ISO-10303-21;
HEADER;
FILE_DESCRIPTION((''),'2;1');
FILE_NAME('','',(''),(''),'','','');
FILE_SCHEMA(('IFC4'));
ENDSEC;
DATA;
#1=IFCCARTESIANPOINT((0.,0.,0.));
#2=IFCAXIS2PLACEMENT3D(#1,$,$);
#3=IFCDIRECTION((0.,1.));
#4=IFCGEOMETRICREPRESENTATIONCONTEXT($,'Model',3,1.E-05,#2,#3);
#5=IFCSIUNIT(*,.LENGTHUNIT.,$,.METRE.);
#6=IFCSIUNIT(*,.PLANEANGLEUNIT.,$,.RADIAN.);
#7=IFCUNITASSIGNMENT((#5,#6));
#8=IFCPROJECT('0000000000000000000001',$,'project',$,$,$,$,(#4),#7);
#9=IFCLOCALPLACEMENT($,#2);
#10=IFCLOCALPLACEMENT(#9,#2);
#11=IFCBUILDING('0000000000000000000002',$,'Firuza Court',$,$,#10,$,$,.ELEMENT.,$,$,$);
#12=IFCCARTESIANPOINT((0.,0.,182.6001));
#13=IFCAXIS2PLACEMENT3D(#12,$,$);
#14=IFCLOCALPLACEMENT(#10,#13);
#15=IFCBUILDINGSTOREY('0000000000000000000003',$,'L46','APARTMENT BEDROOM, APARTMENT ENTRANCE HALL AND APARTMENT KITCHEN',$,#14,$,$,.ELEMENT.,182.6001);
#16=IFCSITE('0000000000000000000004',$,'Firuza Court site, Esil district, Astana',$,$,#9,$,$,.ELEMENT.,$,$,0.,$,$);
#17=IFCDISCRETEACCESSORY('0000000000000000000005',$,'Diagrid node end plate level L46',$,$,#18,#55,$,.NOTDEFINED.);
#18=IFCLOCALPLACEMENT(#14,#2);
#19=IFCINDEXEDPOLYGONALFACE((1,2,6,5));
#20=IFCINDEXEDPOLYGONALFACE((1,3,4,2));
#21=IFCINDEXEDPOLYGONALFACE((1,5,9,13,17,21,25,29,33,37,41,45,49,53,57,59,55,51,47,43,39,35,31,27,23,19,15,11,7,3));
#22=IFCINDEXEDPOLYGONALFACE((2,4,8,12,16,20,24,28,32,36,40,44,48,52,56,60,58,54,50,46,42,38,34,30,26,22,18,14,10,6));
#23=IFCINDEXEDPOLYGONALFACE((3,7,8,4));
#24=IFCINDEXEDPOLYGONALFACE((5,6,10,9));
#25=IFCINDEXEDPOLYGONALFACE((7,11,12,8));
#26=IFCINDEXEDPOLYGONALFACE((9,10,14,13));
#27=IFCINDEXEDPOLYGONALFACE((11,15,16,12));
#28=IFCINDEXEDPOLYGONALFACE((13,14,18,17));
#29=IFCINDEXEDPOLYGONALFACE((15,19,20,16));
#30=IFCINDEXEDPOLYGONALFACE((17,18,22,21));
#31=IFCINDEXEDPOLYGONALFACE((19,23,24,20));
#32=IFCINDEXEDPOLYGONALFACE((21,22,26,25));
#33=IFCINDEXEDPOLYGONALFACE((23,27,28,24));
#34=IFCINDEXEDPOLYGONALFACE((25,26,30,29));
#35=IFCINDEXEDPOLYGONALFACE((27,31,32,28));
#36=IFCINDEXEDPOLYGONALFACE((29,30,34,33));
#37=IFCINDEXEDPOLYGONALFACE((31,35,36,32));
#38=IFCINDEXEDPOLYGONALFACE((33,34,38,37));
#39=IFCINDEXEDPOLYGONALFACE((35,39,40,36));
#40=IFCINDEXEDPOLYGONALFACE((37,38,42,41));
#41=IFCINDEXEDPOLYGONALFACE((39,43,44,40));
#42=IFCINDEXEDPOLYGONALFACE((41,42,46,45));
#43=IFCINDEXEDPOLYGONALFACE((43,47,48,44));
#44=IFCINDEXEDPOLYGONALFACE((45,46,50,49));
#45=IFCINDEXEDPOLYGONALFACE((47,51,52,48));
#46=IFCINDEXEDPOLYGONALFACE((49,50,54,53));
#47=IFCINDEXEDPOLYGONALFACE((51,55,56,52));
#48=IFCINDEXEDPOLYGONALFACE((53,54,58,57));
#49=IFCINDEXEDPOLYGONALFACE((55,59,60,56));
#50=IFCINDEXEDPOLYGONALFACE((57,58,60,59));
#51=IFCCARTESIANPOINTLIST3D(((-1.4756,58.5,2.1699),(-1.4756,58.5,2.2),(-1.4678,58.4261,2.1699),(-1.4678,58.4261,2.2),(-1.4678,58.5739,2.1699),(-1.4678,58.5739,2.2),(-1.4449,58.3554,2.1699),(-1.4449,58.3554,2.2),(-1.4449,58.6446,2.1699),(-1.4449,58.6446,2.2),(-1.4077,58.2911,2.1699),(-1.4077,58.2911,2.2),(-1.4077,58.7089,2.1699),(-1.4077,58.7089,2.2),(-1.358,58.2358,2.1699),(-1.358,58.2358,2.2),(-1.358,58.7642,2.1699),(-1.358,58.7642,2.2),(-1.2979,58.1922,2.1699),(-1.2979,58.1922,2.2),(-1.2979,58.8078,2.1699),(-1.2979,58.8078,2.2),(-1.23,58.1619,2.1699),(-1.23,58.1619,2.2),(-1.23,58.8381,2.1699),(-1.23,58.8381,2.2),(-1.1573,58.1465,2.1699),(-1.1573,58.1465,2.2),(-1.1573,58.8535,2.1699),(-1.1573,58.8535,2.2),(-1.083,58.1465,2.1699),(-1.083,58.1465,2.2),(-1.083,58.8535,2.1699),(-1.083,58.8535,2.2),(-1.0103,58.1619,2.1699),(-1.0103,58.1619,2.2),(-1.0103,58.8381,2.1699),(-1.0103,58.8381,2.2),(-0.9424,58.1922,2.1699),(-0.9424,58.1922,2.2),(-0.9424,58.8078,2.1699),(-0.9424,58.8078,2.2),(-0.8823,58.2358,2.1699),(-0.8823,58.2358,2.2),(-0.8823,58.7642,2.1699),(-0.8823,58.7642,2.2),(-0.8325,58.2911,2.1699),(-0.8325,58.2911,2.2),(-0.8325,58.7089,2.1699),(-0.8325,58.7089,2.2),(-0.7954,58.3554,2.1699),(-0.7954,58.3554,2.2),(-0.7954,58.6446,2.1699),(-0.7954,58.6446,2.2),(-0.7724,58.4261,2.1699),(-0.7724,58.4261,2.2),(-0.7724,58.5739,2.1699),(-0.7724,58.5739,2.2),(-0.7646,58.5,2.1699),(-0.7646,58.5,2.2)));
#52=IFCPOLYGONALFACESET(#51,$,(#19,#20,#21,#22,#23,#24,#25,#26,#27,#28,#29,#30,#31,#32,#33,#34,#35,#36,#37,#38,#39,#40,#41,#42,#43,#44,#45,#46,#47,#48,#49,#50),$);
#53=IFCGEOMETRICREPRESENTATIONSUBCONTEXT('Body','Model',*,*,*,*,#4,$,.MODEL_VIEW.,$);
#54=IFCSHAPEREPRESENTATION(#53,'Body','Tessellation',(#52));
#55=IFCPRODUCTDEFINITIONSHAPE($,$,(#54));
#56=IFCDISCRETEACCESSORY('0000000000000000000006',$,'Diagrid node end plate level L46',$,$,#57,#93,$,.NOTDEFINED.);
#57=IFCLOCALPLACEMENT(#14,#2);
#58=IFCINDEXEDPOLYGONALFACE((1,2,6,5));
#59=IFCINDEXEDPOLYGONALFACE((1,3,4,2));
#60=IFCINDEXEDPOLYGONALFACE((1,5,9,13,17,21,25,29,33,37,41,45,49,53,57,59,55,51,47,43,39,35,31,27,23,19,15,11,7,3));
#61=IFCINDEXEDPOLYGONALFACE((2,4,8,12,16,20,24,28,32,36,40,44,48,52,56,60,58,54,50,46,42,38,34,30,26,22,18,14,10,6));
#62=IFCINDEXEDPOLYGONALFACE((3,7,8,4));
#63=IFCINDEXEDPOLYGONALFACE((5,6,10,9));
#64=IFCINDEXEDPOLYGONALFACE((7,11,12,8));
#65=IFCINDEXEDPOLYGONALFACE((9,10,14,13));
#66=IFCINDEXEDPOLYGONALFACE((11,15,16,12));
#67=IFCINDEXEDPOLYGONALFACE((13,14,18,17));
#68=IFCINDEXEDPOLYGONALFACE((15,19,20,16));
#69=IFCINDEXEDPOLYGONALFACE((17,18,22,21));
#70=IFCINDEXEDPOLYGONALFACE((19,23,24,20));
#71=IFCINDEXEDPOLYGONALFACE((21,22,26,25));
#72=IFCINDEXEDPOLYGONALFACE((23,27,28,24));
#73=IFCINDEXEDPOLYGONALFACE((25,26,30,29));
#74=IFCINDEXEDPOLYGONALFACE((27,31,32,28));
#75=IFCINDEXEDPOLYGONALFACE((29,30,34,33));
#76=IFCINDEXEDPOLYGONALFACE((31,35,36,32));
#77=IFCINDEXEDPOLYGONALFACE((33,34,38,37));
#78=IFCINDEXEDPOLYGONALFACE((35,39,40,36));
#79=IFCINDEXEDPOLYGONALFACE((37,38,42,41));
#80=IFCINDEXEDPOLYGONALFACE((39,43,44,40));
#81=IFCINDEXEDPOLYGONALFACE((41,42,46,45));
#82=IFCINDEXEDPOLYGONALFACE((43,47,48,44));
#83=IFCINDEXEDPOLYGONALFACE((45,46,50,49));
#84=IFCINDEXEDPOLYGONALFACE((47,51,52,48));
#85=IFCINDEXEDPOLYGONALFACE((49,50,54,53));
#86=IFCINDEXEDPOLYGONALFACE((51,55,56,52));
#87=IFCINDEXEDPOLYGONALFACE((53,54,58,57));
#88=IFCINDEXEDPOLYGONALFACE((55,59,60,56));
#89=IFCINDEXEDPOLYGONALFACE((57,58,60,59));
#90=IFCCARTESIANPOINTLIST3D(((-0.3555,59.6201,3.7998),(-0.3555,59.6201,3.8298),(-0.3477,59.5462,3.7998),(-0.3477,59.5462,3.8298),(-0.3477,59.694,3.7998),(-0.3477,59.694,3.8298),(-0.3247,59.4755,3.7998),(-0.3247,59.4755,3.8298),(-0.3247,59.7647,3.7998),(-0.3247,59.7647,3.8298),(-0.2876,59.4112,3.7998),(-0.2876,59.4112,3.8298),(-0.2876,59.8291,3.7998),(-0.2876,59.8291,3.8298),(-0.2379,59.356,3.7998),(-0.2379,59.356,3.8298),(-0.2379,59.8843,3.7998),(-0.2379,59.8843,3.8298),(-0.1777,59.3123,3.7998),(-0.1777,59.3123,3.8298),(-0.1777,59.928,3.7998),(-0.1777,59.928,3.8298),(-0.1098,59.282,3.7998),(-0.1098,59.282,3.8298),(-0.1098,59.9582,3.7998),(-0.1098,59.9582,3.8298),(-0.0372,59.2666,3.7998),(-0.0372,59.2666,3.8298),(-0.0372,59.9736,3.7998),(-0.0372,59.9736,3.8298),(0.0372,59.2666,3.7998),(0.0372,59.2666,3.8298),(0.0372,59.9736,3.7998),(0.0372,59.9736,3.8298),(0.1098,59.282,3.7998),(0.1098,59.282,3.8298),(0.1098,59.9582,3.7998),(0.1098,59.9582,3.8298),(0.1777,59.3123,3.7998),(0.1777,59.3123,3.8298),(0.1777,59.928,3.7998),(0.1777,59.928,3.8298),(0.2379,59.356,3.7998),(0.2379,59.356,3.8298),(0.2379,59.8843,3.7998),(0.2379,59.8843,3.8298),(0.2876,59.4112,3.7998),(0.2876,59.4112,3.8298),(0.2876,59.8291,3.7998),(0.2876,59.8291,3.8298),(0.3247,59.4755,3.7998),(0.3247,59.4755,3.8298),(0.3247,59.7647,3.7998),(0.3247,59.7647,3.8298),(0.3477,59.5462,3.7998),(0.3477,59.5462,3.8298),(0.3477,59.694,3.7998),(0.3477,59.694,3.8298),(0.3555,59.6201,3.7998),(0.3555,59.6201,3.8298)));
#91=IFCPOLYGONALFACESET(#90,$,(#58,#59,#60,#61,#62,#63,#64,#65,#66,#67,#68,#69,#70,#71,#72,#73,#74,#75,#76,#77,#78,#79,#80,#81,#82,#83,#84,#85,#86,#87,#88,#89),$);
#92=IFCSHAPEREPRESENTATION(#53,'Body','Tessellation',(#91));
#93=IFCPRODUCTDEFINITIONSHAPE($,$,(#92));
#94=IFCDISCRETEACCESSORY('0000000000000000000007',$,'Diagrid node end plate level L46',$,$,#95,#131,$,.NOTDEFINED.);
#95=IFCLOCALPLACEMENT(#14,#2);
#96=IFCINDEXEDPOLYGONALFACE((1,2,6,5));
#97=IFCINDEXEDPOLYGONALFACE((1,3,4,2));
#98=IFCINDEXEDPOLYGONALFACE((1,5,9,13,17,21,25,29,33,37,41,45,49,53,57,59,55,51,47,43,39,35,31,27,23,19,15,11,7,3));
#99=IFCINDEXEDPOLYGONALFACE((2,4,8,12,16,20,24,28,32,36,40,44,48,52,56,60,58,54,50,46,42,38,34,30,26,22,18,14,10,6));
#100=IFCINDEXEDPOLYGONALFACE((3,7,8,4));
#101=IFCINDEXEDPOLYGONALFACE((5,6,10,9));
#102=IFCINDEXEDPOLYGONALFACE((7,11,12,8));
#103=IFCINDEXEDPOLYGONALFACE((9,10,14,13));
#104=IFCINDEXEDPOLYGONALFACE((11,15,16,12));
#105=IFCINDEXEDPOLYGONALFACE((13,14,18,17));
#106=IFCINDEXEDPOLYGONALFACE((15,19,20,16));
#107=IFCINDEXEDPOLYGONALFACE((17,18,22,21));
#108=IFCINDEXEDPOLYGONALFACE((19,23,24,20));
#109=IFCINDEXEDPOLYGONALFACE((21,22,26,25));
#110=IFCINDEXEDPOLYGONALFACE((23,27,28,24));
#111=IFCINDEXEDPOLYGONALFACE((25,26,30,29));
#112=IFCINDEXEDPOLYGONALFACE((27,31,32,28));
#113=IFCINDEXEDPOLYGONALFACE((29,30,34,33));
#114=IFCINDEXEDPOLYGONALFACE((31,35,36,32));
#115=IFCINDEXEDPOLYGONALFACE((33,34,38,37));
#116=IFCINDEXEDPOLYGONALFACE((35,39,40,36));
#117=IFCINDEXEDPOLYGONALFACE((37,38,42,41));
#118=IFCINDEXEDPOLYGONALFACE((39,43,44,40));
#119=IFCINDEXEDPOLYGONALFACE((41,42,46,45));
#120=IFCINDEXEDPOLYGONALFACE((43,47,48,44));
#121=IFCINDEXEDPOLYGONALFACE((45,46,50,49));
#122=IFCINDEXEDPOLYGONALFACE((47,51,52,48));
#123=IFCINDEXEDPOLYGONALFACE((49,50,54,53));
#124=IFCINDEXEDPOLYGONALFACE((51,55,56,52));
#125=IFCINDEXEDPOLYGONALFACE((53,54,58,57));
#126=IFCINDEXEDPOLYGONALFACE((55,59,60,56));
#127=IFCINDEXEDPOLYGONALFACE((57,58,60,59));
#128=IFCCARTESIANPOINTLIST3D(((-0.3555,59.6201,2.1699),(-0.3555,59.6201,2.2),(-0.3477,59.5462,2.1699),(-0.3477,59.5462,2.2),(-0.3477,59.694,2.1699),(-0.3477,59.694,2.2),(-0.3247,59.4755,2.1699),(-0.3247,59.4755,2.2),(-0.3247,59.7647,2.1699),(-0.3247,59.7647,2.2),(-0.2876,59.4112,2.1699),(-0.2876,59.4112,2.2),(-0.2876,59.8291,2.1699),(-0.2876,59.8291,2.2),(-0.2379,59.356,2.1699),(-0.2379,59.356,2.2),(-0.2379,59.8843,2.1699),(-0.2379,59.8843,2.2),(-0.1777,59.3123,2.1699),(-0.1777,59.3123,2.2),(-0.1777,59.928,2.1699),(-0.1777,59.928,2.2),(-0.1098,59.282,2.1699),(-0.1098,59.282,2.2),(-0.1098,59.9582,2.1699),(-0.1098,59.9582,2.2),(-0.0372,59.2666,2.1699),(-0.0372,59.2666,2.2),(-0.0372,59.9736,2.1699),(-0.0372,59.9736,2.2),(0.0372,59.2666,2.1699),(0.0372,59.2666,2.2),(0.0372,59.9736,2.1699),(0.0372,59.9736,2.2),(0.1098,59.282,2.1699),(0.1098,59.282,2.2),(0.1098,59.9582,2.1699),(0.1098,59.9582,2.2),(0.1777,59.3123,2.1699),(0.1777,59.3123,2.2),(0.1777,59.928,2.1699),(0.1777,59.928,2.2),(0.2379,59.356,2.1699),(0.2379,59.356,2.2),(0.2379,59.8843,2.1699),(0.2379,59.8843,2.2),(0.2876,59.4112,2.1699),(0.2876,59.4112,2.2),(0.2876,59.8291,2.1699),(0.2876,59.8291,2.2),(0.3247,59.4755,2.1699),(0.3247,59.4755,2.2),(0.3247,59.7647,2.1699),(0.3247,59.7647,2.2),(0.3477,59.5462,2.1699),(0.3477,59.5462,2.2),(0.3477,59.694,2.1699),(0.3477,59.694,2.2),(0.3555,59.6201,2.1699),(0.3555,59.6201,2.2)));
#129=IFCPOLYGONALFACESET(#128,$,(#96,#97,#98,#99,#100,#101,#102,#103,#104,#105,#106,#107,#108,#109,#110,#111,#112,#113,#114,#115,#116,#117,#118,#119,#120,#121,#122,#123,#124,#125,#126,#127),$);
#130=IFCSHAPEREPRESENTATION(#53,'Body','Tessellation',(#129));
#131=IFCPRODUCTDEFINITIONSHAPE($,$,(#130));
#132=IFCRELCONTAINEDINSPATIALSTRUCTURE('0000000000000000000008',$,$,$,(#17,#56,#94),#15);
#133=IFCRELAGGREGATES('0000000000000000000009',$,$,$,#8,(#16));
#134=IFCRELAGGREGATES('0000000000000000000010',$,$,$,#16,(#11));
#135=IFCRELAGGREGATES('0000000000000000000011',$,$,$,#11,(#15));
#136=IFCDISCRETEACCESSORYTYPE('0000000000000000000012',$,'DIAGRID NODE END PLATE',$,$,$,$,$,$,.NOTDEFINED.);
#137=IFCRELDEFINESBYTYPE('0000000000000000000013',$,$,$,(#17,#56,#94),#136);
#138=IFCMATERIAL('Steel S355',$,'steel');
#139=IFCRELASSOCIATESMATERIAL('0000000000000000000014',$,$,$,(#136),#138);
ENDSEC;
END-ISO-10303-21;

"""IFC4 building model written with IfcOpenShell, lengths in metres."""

from ifc_helpers import new_model, si_unit, direction, frame, origin, origin_2d, place, context, subcontext, project, spatial, circle, extrude, material, material_profile, profile_set, type_object, element, save


model = new_model("IFC4")

# Units and contexts
model_context = context("Model", 3, precision=1e-05, world=origin(), true_north=direction((0.0, 1.0)))
body_context = subcontext(model_context, "Body", "Model", "MODEL_VIEW")
ifc_project = project(units=[si_unit("LENGTHUNIT", "METRE"), si_unit("PLANEANGLEUNIT", "RADIAN")], contexts=[model_context])

# Site, building, storey
site_placement = place(None, origin())
site = spatial("IfcSite", under=ifc_project, at=site_placement, Name="Firuza Court site, Esil district, Astana", CompositionType="ELEMENT", RefElevation=0.0)
building_placement = place(site_placement, origin())
building = spatial("IfcBuilding", under=site, at=building_placement, Name="Firuza Court", CompositionType="ELEMENT")
storey_placement = place(building_placement, frame((0.0, 0.0, 182.6001)))
storey = spatial("IfcBuildingStorey", under=building, at=storey_placement, Name="L46", Description="APARTMENT BEDROOM, APARTMENT ENTRANCE HALL AND APARTMENT KITCHEN", CompositionType="ELEMENT", Elevation=182.6001)

# Discrete accessories
ifc_material_1 = material(Name="Steel S355", Category="steel")
ifc_material_profile_1 = material_profile(ifc_material_1, circle(Radius=0.3555, at=origin_2d()), Name="PL D711")
ifc_profile_set_1 = profile_set([ifc_material_profile_1], Name="Steel S355")
discrete_accessory_type = type_object("IfcDiscreteAccessoryType", Name="DIAGRID NODE END PLATE", PredefinedType="NOTDEFINED", material=ifc_profile_set_1)
for number, where, z_axis, x_axis, name in (
    (1, (-1.1201, 58.5, 2.1699), (0.0, 0.0, 1.0), (1.0, 0.0, 0.0), "Diagrid node end plate level L46"),
    (2, (0.0, 59.6201, 3.7998), (0.0, 0.0, 1.0), (1.0, 0.0, 0.0), "Diagrid node end plate level L46"),
    (3, (0.0, 59.6201, 2.1699), (0.0, 0.0, 1.0), (1.0, 0.0, 0.0), "Diagrid node end plate level L46"),
):
    element("IfcDiscreteAccessory", number, at=place(storey_placement, frame(where, z_axis=z_axis, x_axis=x_axis)), inside=storey, type_object=discrete_accessory_type, Name=name, PredefinedType="NOTDEFINED", context=body_context, shape_type="SweptSolid", body=[
        extrude(circle(Radius=0.3555, at=origin_2d()), origin(), (0.0, 0.0, 1.0), 0.03),
    ])

save(model, "model.ifc")
